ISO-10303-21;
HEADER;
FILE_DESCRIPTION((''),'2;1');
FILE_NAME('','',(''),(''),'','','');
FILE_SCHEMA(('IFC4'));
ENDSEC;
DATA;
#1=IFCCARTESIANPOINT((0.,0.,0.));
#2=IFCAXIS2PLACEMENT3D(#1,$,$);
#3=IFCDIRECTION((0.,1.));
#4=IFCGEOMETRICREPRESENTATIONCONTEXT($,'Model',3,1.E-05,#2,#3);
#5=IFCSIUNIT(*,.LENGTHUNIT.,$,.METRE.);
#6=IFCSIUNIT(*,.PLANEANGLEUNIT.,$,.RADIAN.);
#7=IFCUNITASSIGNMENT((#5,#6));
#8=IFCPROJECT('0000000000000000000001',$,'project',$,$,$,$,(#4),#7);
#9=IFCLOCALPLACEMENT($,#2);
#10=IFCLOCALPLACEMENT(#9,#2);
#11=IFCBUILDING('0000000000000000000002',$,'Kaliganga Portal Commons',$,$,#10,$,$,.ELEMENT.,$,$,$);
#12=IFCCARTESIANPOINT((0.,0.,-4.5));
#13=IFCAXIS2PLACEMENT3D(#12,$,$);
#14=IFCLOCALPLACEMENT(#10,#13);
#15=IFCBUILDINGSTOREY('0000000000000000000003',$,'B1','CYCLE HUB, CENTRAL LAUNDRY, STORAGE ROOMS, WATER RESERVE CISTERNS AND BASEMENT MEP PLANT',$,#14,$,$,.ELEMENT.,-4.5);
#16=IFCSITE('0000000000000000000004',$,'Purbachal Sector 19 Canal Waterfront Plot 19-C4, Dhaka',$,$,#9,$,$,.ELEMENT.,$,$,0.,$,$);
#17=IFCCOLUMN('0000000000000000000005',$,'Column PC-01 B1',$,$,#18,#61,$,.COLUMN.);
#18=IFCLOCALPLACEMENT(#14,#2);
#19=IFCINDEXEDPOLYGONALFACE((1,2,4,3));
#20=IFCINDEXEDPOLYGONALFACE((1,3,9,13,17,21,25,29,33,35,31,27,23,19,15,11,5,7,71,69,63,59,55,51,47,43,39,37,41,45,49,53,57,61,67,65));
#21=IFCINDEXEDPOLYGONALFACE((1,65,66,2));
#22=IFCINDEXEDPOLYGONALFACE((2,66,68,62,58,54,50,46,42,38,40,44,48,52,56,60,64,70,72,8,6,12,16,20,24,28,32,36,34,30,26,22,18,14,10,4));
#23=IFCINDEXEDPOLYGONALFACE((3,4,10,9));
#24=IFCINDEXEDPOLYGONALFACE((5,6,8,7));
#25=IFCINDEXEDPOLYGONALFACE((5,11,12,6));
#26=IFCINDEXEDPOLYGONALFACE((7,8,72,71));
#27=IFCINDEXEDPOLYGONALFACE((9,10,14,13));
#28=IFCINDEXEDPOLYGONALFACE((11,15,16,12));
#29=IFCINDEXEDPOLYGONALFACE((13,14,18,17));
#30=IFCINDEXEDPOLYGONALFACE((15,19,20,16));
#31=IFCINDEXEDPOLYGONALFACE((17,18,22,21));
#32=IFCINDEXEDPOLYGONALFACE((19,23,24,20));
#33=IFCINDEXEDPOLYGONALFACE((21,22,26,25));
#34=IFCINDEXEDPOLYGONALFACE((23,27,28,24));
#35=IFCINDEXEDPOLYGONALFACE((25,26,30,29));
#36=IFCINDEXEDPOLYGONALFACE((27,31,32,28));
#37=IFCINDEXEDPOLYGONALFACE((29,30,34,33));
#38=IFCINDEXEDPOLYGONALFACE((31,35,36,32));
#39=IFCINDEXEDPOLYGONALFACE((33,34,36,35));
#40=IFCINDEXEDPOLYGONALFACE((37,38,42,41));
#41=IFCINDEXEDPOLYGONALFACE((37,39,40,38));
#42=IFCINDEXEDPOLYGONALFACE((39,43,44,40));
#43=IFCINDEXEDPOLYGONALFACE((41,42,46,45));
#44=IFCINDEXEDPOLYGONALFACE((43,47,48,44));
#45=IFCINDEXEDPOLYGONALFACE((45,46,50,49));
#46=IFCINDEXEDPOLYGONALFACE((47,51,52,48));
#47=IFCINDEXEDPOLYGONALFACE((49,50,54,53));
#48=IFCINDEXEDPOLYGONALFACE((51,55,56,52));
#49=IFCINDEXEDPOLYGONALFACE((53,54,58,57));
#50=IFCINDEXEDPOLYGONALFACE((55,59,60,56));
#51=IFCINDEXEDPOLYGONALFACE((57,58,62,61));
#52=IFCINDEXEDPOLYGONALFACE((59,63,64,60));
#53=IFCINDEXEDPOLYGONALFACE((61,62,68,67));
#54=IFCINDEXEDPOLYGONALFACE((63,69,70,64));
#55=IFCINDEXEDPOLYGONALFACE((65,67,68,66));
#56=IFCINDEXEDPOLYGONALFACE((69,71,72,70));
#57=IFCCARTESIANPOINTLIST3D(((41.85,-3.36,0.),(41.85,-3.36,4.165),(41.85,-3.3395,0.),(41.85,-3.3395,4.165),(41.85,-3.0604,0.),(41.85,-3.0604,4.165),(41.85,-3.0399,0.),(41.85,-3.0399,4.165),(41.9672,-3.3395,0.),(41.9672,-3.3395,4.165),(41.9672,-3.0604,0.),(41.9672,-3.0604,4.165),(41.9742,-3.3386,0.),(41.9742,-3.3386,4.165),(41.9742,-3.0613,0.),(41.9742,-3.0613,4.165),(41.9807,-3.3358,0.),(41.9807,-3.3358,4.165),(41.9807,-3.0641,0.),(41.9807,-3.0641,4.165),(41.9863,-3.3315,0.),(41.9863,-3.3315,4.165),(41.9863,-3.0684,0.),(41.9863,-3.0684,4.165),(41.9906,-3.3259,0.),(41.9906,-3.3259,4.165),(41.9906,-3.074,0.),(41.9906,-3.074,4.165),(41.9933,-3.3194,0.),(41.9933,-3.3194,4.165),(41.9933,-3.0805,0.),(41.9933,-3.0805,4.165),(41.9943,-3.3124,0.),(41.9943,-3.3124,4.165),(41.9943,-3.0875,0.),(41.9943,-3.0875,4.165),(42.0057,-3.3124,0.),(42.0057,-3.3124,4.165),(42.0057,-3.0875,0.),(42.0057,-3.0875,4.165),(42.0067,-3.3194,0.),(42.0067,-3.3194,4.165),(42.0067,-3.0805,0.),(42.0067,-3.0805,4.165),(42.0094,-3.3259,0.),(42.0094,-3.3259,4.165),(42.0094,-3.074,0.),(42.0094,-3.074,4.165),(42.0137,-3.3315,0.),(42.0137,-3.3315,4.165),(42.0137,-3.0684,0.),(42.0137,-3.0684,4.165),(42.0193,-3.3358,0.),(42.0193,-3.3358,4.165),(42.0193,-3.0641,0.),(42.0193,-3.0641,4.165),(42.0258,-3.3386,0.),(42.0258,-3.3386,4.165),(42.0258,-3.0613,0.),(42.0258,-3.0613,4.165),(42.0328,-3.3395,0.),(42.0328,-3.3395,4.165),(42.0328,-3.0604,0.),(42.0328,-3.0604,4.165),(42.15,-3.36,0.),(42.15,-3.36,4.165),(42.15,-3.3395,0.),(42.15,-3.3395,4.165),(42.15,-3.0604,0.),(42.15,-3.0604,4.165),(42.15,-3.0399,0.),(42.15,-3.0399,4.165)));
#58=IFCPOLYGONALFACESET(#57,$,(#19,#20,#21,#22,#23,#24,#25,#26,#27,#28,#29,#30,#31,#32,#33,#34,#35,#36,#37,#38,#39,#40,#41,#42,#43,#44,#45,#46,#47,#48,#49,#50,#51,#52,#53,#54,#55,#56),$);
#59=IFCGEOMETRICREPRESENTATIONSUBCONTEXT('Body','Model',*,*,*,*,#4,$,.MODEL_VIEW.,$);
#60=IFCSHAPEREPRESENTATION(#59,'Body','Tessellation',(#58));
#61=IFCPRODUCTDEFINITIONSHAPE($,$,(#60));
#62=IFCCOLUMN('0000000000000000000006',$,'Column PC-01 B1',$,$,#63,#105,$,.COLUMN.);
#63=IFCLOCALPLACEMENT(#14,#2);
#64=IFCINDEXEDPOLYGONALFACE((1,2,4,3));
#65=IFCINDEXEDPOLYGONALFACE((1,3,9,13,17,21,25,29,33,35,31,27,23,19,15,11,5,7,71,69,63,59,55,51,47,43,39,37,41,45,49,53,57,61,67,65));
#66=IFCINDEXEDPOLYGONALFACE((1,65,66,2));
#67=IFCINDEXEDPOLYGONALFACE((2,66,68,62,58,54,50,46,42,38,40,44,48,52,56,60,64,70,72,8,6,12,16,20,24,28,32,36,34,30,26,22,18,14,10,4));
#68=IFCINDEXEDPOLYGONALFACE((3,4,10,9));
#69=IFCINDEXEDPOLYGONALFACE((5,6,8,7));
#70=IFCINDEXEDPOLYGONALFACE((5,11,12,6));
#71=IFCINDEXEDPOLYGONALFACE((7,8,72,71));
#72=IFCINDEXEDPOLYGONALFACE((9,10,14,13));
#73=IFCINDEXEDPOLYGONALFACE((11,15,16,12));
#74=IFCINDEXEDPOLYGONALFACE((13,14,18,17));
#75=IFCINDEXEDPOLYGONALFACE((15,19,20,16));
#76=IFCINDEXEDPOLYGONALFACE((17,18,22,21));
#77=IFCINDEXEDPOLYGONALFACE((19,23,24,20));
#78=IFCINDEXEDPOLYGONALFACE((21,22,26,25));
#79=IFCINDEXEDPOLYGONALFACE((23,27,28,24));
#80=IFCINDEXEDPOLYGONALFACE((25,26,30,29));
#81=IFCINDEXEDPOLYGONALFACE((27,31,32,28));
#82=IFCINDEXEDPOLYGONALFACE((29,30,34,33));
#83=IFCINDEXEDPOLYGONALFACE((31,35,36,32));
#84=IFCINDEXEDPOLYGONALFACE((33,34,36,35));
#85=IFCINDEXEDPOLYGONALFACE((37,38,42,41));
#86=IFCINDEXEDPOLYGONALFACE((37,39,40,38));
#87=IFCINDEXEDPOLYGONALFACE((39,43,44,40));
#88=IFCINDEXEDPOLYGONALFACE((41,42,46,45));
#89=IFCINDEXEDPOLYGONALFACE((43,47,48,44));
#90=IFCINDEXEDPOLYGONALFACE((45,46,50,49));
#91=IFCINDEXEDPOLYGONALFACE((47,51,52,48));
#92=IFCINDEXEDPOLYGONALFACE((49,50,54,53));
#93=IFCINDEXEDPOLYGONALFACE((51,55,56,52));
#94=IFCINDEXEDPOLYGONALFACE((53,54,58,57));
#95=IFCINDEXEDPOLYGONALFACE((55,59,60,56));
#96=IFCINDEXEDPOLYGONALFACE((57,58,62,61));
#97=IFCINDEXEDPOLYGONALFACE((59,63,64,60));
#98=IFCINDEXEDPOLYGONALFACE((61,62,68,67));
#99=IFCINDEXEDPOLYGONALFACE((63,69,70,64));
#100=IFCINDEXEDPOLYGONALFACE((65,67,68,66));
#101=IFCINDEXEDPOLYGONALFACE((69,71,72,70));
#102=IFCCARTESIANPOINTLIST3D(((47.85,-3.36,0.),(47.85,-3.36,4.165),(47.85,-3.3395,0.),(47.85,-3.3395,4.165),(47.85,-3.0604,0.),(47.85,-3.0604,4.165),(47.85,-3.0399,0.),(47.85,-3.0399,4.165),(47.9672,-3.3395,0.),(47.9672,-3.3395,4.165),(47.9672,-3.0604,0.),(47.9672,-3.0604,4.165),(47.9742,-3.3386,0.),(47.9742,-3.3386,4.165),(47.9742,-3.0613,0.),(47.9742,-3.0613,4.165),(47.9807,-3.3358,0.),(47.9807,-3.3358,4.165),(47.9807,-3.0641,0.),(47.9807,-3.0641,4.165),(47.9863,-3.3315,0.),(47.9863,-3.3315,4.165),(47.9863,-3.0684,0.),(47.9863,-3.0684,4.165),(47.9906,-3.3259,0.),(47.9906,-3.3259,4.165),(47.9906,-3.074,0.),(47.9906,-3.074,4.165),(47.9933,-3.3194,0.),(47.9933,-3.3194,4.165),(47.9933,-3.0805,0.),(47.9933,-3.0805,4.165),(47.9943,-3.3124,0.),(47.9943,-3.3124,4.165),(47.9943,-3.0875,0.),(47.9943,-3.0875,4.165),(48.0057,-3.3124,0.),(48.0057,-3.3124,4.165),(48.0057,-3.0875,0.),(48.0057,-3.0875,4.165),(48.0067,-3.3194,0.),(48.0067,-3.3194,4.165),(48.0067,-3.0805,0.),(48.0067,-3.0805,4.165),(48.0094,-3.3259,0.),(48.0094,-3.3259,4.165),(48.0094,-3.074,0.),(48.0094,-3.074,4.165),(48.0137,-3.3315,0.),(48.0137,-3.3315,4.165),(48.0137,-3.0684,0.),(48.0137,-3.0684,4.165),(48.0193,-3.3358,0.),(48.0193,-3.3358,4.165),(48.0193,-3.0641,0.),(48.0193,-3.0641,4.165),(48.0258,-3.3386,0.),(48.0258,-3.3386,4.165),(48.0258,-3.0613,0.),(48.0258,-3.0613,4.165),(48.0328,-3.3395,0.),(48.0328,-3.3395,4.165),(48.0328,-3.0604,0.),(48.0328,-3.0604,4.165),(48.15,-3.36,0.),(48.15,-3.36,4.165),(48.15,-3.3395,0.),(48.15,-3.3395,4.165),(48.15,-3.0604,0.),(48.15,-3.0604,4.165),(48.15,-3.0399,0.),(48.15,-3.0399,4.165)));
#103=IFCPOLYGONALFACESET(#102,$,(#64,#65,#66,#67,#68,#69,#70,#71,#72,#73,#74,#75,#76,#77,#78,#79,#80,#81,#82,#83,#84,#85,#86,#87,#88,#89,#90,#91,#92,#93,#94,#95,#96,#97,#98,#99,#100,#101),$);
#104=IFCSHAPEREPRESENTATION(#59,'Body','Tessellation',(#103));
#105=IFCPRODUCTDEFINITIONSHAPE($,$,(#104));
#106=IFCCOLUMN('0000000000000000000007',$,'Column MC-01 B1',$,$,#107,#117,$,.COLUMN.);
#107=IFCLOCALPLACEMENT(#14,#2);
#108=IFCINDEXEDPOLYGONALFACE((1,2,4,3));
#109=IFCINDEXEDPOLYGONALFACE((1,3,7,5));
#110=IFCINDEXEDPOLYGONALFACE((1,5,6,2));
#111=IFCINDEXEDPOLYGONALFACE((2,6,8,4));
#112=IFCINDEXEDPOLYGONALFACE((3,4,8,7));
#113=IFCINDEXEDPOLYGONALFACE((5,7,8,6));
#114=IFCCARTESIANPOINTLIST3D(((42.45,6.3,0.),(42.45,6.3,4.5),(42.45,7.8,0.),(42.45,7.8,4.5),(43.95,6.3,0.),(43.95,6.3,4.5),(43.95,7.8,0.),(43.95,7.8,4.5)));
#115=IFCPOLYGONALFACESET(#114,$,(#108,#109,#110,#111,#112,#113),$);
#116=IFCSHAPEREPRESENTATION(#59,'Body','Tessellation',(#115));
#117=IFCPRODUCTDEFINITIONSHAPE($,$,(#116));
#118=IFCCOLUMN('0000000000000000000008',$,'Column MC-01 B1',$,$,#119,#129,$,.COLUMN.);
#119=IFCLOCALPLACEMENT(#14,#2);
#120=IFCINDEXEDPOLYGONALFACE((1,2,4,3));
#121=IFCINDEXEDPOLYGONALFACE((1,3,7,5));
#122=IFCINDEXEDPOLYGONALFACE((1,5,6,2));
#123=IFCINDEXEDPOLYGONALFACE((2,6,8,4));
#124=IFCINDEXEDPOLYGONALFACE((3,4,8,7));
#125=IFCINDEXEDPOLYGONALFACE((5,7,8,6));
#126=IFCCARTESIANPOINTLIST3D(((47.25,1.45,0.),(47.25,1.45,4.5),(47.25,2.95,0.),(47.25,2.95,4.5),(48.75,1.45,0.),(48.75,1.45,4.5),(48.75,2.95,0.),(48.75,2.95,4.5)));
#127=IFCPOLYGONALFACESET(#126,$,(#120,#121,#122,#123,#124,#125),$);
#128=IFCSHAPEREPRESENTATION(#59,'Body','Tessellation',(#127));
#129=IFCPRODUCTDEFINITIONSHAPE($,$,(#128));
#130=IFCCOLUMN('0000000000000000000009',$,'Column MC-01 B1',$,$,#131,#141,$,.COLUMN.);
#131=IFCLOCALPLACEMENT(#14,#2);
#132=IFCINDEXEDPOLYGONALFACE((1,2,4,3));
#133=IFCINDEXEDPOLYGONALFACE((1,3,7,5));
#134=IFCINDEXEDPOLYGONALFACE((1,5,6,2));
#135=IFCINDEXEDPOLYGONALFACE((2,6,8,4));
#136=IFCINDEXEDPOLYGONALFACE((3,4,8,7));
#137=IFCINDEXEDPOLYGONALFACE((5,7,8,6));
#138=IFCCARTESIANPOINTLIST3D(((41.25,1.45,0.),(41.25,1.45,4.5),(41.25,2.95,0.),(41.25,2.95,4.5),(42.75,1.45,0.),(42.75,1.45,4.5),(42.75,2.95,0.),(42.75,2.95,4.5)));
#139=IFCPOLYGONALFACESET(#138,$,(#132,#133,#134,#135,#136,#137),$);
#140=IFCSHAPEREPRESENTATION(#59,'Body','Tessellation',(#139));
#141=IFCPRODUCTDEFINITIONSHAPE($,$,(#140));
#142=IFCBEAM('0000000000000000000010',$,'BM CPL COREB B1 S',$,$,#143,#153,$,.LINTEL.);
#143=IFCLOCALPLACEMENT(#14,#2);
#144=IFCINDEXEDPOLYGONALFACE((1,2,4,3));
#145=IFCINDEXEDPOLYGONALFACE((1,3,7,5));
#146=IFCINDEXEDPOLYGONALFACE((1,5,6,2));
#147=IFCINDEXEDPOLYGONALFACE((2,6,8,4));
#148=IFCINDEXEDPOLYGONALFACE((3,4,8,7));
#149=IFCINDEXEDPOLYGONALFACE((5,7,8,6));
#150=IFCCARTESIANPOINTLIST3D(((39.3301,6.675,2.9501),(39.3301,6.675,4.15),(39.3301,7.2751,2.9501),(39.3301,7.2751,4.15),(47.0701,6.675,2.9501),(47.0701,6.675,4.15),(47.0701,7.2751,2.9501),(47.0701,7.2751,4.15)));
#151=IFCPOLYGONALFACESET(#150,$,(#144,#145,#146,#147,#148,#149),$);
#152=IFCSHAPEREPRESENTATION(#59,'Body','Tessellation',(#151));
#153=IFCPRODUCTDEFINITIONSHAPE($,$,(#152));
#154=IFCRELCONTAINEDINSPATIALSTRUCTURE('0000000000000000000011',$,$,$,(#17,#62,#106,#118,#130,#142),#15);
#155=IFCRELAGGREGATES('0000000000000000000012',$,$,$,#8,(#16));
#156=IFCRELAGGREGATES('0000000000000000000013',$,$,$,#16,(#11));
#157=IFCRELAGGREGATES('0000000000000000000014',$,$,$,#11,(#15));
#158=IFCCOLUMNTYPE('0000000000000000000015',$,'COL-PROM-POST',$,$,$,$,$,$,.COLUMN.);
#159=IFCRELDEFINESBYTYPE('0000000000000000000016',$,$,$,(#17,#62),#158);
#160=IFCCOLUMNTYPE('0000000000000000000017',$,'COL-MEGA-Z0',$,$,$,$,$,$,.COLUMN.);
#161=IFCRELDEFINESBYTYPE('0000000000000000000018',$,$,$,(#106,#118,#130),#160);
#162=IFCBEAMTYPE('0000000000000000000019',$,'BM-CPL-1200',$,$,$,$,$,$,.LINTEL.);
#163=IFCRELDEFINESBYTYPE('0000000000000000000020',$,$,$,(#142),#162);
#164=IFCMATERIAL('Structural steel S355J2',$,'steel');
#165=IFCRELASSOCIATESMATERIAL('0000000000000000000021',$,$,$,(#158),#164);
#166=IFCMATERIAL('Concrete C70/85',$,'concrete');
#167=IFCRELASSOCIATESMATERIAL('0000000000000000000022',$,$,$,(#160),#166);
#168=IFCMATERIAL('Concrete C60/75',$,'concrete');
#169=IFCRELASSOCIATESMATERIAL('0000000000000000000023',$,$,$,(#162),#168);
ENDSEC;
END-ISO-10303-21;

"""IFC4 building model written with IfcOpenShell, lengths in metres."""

from ifc_helpers import new_model, si_unit, direction, frame, origin, origin_2d, place, context, subcontext, project, spatial, rectangle, i_section, extrude, source, transform, mapped, material, material_profile, profile_set, type_object, element, save


model = new_model("IFC4")

# Units and contexts
model_context = context("Model", 3, precision=1e-05, world=origin(), true_north=direction((0.0, 1.0)))
body_context = subcontext(model_context, "Body", "Model", "MODEL_VIEW")
ifc_project = project(units=[si_unit("LENGTHUNIT", "METRE"), si_unit("PLANEANGLEUNIT", "RADIAN")], contexts=[model_context])

# Site, building, storey
site_placement = place(None, origin())
site = spatial("IfcSite", under=ifc_project, at=site_placement, Name="Purbachal Sector 19 Canal Waterfront Plot 19-C4, Dhaka", CompositionType="ELEMENT", RefElevation=0.0)
building_placement = place(site_placement, origin())
building = spatial("IfcBuilding", under=site, at=building_placement, Name="Kaliganga Portal Commons", CompositionType="ELEMENT")
storey_placement = place(building_placement, frame((0.0, 0.0, -4.5)))
storey = spatial("IfcBuildingStorey", under=building, at=storey_placement, Name="B1", Description="CYCLE HUB, CENTRAL LAUNDRY, STORAGE ROOMS, WATER RESERVE CISTERNS AND BASEMENT MEP PLANT", CompositionType="ELEMENT", Elevation=-4.5)

# Columns
ifc_material_1 = material(Name="Structural steel S355J2", Category="steel")
ifc_material_profile_1 = material_profile(ifc_material_1, i_section(OverallWidth=0.3, OverallDepth=0.3201, WebThickness=0.0115, FlangeThickness=0.0205, FilletRadius=0.0271, at=origin_2d()), Name="HE 320 B")
ifc_profile_set_1 = profile_set([ifc_material_profile_1], Name="Structural steel S355J2 wide-flange")
column_type_1 = type_object("IfcColumnType", Name="COL-PROM-POST", PredefinedType="COLUMN", material=ifc_profile_set_1)
shared_shape_1 = source(origin(), body_context, "Body", "SweptSolid", [
    extrude(i_section(OverallWidth=0.3, OverallDepth=0.3201, WebThickness=0.0115, FlangeThickness=0.0205, FilletRadius=0.0271, at=origin_2d()), origin(), (0.0, 0.0, 1.0), 4.165),
])
for number, where, z_axis, x_axis, name in (
    (1, (42.0, -3.2, 0.0), (0.0, 0.0, 1.0), (1.0, 0.0, 0.0), "Column PC-01 B1"),
    (2, (48.0, -3.2, 0.0), (0.0, 0.0, 1.0), (1.0, 0.0, 0.0), "Column PC-01 B1"),
):
    element("IfcColumn", number, at=place(storey_placement, frame(where, z_axis=z_axis, x_axis=x_axis)), inside=storey, type_object=column_type_1, Name=name, PredefinedType="COLUMN", context=body_context, shape_type="MappedRepresentation", body=[
        mapped(shared_shape_1, transform((0.0, 0.0, 0.0), x_axis=(1.0, 0.0, 0.0), y_axis=(0.0, 1.0, 0.0), z_axis=(0.0, 0.0, 1.0), scale=1.0)),
    ])
ifc_material_2 = material(Name="Concrete C70/85", Category="concrete")
ifc_material_profile_2 = material_profile(ifc_material_2, rectangle(XDim=1.5, YDim=1.5, at=origin_2d()), Name="RC 1500x1500")
ifc_profile_set_2 = profile_set([ifc_material_profile_2], Name="Concrete C70/85")
column_type_2 = type_object("IfcColumnType", Name="COL-MEGA-Z0", PredefinedType="COLUMN", material=ifc_profile_set_2)
shared_shape_2 = source(origin(), body_context, "Body", "SweptSolid", [
    extrude(rectangle(XDim=1.5, YDim=1.5, at=origin_2d()), origin(), (0.0, 0.0, 1.0), 4.5),
])
for number, where, z_axis, x_axis, name in (
    (3, (43.2, 7.05, 0.0), (0.0, 0.0, 1.0), (1.0, 0.0, 0.0), "Column MC-01 B1"),
    (4, (48.0, 2.2, 0.0), (0.0, 0.0, 1.0), (1.0, 0.0, 0.0), "Column MC-01 B1"),
    (5, (42.0, 2.2, 0.0), (0.0, 0.0, 1.0), (1.0, 0.0, 0.0), "Column MC-01 B1"),
):
    element("IfcColumn", number, at=place(storey_placement, frame(where, z_axis=z_axis, x_axis=x_axis)), inside=storey, type_object=column_type_2, Name=name, PredefinedType="COLUMN", context=body_context, shape_type="MappedRepresentation", body=[
        mapped(shared_shape_2, transform((0.0, 0.0, 0.0), x_axis=(1.0, 0.0, 0.0), y_axis=(0.0, 1.0, 0.0), z_axis=(0.0, 0.0, 1.0), scale=1.0)),
    ])

# Beam
ifc_material_3 = material(Name="Concrete C60/75", Category="concrete")
ifc_material_profile_3 = material_profile(ifc_material_3, rectangle(XDim=0.6001, YDim=1.2, at=origin_2d()), Name="RC 600x1200")
ifc_profile_set_3 = profile_set([ifc_material_profile_3], Name="Concrete C60/75")
beam_type_1 = type_object("IfcBeamType", Name="BM-CPL-1200", PredefinedType="LINTEL", material=ifc_profile_set_3)
shared_shape_3 = source(origin(), body_context, "Body", "SweptSolid", [
    extrude(rectangle(XDim=0.6001, YDim=1.2, at=origin_2d()), origin(), (0.0, 0.0, 1.0), 7.74),
])
beam_1_placement = place(storey_placement, frame((39.3301, 6.9751, 3.55), z_axis=(1.0, 0.0, 0.0), x_axis=(0.0, 1.0, 0.0)))
element("IfcBeam", 6, at=beam_1_placement, inside=storey, type_object=beam_type_1, Name="BM CPL COREB B1 S", PredefinedType="LINTEL", context=body_context, shape_type="MappedRepresentation", body=[
    mapped(shared_shape_3, transform((0.0, 0.0, 0.0), x_axis=(1.0, 0.0, 0.0), y_axis=(0.0, 1.0, 0.0), z_axis=(0.0, 0.0, 1.0), scale=1.0)),
])

save(model, "model.ifc")
